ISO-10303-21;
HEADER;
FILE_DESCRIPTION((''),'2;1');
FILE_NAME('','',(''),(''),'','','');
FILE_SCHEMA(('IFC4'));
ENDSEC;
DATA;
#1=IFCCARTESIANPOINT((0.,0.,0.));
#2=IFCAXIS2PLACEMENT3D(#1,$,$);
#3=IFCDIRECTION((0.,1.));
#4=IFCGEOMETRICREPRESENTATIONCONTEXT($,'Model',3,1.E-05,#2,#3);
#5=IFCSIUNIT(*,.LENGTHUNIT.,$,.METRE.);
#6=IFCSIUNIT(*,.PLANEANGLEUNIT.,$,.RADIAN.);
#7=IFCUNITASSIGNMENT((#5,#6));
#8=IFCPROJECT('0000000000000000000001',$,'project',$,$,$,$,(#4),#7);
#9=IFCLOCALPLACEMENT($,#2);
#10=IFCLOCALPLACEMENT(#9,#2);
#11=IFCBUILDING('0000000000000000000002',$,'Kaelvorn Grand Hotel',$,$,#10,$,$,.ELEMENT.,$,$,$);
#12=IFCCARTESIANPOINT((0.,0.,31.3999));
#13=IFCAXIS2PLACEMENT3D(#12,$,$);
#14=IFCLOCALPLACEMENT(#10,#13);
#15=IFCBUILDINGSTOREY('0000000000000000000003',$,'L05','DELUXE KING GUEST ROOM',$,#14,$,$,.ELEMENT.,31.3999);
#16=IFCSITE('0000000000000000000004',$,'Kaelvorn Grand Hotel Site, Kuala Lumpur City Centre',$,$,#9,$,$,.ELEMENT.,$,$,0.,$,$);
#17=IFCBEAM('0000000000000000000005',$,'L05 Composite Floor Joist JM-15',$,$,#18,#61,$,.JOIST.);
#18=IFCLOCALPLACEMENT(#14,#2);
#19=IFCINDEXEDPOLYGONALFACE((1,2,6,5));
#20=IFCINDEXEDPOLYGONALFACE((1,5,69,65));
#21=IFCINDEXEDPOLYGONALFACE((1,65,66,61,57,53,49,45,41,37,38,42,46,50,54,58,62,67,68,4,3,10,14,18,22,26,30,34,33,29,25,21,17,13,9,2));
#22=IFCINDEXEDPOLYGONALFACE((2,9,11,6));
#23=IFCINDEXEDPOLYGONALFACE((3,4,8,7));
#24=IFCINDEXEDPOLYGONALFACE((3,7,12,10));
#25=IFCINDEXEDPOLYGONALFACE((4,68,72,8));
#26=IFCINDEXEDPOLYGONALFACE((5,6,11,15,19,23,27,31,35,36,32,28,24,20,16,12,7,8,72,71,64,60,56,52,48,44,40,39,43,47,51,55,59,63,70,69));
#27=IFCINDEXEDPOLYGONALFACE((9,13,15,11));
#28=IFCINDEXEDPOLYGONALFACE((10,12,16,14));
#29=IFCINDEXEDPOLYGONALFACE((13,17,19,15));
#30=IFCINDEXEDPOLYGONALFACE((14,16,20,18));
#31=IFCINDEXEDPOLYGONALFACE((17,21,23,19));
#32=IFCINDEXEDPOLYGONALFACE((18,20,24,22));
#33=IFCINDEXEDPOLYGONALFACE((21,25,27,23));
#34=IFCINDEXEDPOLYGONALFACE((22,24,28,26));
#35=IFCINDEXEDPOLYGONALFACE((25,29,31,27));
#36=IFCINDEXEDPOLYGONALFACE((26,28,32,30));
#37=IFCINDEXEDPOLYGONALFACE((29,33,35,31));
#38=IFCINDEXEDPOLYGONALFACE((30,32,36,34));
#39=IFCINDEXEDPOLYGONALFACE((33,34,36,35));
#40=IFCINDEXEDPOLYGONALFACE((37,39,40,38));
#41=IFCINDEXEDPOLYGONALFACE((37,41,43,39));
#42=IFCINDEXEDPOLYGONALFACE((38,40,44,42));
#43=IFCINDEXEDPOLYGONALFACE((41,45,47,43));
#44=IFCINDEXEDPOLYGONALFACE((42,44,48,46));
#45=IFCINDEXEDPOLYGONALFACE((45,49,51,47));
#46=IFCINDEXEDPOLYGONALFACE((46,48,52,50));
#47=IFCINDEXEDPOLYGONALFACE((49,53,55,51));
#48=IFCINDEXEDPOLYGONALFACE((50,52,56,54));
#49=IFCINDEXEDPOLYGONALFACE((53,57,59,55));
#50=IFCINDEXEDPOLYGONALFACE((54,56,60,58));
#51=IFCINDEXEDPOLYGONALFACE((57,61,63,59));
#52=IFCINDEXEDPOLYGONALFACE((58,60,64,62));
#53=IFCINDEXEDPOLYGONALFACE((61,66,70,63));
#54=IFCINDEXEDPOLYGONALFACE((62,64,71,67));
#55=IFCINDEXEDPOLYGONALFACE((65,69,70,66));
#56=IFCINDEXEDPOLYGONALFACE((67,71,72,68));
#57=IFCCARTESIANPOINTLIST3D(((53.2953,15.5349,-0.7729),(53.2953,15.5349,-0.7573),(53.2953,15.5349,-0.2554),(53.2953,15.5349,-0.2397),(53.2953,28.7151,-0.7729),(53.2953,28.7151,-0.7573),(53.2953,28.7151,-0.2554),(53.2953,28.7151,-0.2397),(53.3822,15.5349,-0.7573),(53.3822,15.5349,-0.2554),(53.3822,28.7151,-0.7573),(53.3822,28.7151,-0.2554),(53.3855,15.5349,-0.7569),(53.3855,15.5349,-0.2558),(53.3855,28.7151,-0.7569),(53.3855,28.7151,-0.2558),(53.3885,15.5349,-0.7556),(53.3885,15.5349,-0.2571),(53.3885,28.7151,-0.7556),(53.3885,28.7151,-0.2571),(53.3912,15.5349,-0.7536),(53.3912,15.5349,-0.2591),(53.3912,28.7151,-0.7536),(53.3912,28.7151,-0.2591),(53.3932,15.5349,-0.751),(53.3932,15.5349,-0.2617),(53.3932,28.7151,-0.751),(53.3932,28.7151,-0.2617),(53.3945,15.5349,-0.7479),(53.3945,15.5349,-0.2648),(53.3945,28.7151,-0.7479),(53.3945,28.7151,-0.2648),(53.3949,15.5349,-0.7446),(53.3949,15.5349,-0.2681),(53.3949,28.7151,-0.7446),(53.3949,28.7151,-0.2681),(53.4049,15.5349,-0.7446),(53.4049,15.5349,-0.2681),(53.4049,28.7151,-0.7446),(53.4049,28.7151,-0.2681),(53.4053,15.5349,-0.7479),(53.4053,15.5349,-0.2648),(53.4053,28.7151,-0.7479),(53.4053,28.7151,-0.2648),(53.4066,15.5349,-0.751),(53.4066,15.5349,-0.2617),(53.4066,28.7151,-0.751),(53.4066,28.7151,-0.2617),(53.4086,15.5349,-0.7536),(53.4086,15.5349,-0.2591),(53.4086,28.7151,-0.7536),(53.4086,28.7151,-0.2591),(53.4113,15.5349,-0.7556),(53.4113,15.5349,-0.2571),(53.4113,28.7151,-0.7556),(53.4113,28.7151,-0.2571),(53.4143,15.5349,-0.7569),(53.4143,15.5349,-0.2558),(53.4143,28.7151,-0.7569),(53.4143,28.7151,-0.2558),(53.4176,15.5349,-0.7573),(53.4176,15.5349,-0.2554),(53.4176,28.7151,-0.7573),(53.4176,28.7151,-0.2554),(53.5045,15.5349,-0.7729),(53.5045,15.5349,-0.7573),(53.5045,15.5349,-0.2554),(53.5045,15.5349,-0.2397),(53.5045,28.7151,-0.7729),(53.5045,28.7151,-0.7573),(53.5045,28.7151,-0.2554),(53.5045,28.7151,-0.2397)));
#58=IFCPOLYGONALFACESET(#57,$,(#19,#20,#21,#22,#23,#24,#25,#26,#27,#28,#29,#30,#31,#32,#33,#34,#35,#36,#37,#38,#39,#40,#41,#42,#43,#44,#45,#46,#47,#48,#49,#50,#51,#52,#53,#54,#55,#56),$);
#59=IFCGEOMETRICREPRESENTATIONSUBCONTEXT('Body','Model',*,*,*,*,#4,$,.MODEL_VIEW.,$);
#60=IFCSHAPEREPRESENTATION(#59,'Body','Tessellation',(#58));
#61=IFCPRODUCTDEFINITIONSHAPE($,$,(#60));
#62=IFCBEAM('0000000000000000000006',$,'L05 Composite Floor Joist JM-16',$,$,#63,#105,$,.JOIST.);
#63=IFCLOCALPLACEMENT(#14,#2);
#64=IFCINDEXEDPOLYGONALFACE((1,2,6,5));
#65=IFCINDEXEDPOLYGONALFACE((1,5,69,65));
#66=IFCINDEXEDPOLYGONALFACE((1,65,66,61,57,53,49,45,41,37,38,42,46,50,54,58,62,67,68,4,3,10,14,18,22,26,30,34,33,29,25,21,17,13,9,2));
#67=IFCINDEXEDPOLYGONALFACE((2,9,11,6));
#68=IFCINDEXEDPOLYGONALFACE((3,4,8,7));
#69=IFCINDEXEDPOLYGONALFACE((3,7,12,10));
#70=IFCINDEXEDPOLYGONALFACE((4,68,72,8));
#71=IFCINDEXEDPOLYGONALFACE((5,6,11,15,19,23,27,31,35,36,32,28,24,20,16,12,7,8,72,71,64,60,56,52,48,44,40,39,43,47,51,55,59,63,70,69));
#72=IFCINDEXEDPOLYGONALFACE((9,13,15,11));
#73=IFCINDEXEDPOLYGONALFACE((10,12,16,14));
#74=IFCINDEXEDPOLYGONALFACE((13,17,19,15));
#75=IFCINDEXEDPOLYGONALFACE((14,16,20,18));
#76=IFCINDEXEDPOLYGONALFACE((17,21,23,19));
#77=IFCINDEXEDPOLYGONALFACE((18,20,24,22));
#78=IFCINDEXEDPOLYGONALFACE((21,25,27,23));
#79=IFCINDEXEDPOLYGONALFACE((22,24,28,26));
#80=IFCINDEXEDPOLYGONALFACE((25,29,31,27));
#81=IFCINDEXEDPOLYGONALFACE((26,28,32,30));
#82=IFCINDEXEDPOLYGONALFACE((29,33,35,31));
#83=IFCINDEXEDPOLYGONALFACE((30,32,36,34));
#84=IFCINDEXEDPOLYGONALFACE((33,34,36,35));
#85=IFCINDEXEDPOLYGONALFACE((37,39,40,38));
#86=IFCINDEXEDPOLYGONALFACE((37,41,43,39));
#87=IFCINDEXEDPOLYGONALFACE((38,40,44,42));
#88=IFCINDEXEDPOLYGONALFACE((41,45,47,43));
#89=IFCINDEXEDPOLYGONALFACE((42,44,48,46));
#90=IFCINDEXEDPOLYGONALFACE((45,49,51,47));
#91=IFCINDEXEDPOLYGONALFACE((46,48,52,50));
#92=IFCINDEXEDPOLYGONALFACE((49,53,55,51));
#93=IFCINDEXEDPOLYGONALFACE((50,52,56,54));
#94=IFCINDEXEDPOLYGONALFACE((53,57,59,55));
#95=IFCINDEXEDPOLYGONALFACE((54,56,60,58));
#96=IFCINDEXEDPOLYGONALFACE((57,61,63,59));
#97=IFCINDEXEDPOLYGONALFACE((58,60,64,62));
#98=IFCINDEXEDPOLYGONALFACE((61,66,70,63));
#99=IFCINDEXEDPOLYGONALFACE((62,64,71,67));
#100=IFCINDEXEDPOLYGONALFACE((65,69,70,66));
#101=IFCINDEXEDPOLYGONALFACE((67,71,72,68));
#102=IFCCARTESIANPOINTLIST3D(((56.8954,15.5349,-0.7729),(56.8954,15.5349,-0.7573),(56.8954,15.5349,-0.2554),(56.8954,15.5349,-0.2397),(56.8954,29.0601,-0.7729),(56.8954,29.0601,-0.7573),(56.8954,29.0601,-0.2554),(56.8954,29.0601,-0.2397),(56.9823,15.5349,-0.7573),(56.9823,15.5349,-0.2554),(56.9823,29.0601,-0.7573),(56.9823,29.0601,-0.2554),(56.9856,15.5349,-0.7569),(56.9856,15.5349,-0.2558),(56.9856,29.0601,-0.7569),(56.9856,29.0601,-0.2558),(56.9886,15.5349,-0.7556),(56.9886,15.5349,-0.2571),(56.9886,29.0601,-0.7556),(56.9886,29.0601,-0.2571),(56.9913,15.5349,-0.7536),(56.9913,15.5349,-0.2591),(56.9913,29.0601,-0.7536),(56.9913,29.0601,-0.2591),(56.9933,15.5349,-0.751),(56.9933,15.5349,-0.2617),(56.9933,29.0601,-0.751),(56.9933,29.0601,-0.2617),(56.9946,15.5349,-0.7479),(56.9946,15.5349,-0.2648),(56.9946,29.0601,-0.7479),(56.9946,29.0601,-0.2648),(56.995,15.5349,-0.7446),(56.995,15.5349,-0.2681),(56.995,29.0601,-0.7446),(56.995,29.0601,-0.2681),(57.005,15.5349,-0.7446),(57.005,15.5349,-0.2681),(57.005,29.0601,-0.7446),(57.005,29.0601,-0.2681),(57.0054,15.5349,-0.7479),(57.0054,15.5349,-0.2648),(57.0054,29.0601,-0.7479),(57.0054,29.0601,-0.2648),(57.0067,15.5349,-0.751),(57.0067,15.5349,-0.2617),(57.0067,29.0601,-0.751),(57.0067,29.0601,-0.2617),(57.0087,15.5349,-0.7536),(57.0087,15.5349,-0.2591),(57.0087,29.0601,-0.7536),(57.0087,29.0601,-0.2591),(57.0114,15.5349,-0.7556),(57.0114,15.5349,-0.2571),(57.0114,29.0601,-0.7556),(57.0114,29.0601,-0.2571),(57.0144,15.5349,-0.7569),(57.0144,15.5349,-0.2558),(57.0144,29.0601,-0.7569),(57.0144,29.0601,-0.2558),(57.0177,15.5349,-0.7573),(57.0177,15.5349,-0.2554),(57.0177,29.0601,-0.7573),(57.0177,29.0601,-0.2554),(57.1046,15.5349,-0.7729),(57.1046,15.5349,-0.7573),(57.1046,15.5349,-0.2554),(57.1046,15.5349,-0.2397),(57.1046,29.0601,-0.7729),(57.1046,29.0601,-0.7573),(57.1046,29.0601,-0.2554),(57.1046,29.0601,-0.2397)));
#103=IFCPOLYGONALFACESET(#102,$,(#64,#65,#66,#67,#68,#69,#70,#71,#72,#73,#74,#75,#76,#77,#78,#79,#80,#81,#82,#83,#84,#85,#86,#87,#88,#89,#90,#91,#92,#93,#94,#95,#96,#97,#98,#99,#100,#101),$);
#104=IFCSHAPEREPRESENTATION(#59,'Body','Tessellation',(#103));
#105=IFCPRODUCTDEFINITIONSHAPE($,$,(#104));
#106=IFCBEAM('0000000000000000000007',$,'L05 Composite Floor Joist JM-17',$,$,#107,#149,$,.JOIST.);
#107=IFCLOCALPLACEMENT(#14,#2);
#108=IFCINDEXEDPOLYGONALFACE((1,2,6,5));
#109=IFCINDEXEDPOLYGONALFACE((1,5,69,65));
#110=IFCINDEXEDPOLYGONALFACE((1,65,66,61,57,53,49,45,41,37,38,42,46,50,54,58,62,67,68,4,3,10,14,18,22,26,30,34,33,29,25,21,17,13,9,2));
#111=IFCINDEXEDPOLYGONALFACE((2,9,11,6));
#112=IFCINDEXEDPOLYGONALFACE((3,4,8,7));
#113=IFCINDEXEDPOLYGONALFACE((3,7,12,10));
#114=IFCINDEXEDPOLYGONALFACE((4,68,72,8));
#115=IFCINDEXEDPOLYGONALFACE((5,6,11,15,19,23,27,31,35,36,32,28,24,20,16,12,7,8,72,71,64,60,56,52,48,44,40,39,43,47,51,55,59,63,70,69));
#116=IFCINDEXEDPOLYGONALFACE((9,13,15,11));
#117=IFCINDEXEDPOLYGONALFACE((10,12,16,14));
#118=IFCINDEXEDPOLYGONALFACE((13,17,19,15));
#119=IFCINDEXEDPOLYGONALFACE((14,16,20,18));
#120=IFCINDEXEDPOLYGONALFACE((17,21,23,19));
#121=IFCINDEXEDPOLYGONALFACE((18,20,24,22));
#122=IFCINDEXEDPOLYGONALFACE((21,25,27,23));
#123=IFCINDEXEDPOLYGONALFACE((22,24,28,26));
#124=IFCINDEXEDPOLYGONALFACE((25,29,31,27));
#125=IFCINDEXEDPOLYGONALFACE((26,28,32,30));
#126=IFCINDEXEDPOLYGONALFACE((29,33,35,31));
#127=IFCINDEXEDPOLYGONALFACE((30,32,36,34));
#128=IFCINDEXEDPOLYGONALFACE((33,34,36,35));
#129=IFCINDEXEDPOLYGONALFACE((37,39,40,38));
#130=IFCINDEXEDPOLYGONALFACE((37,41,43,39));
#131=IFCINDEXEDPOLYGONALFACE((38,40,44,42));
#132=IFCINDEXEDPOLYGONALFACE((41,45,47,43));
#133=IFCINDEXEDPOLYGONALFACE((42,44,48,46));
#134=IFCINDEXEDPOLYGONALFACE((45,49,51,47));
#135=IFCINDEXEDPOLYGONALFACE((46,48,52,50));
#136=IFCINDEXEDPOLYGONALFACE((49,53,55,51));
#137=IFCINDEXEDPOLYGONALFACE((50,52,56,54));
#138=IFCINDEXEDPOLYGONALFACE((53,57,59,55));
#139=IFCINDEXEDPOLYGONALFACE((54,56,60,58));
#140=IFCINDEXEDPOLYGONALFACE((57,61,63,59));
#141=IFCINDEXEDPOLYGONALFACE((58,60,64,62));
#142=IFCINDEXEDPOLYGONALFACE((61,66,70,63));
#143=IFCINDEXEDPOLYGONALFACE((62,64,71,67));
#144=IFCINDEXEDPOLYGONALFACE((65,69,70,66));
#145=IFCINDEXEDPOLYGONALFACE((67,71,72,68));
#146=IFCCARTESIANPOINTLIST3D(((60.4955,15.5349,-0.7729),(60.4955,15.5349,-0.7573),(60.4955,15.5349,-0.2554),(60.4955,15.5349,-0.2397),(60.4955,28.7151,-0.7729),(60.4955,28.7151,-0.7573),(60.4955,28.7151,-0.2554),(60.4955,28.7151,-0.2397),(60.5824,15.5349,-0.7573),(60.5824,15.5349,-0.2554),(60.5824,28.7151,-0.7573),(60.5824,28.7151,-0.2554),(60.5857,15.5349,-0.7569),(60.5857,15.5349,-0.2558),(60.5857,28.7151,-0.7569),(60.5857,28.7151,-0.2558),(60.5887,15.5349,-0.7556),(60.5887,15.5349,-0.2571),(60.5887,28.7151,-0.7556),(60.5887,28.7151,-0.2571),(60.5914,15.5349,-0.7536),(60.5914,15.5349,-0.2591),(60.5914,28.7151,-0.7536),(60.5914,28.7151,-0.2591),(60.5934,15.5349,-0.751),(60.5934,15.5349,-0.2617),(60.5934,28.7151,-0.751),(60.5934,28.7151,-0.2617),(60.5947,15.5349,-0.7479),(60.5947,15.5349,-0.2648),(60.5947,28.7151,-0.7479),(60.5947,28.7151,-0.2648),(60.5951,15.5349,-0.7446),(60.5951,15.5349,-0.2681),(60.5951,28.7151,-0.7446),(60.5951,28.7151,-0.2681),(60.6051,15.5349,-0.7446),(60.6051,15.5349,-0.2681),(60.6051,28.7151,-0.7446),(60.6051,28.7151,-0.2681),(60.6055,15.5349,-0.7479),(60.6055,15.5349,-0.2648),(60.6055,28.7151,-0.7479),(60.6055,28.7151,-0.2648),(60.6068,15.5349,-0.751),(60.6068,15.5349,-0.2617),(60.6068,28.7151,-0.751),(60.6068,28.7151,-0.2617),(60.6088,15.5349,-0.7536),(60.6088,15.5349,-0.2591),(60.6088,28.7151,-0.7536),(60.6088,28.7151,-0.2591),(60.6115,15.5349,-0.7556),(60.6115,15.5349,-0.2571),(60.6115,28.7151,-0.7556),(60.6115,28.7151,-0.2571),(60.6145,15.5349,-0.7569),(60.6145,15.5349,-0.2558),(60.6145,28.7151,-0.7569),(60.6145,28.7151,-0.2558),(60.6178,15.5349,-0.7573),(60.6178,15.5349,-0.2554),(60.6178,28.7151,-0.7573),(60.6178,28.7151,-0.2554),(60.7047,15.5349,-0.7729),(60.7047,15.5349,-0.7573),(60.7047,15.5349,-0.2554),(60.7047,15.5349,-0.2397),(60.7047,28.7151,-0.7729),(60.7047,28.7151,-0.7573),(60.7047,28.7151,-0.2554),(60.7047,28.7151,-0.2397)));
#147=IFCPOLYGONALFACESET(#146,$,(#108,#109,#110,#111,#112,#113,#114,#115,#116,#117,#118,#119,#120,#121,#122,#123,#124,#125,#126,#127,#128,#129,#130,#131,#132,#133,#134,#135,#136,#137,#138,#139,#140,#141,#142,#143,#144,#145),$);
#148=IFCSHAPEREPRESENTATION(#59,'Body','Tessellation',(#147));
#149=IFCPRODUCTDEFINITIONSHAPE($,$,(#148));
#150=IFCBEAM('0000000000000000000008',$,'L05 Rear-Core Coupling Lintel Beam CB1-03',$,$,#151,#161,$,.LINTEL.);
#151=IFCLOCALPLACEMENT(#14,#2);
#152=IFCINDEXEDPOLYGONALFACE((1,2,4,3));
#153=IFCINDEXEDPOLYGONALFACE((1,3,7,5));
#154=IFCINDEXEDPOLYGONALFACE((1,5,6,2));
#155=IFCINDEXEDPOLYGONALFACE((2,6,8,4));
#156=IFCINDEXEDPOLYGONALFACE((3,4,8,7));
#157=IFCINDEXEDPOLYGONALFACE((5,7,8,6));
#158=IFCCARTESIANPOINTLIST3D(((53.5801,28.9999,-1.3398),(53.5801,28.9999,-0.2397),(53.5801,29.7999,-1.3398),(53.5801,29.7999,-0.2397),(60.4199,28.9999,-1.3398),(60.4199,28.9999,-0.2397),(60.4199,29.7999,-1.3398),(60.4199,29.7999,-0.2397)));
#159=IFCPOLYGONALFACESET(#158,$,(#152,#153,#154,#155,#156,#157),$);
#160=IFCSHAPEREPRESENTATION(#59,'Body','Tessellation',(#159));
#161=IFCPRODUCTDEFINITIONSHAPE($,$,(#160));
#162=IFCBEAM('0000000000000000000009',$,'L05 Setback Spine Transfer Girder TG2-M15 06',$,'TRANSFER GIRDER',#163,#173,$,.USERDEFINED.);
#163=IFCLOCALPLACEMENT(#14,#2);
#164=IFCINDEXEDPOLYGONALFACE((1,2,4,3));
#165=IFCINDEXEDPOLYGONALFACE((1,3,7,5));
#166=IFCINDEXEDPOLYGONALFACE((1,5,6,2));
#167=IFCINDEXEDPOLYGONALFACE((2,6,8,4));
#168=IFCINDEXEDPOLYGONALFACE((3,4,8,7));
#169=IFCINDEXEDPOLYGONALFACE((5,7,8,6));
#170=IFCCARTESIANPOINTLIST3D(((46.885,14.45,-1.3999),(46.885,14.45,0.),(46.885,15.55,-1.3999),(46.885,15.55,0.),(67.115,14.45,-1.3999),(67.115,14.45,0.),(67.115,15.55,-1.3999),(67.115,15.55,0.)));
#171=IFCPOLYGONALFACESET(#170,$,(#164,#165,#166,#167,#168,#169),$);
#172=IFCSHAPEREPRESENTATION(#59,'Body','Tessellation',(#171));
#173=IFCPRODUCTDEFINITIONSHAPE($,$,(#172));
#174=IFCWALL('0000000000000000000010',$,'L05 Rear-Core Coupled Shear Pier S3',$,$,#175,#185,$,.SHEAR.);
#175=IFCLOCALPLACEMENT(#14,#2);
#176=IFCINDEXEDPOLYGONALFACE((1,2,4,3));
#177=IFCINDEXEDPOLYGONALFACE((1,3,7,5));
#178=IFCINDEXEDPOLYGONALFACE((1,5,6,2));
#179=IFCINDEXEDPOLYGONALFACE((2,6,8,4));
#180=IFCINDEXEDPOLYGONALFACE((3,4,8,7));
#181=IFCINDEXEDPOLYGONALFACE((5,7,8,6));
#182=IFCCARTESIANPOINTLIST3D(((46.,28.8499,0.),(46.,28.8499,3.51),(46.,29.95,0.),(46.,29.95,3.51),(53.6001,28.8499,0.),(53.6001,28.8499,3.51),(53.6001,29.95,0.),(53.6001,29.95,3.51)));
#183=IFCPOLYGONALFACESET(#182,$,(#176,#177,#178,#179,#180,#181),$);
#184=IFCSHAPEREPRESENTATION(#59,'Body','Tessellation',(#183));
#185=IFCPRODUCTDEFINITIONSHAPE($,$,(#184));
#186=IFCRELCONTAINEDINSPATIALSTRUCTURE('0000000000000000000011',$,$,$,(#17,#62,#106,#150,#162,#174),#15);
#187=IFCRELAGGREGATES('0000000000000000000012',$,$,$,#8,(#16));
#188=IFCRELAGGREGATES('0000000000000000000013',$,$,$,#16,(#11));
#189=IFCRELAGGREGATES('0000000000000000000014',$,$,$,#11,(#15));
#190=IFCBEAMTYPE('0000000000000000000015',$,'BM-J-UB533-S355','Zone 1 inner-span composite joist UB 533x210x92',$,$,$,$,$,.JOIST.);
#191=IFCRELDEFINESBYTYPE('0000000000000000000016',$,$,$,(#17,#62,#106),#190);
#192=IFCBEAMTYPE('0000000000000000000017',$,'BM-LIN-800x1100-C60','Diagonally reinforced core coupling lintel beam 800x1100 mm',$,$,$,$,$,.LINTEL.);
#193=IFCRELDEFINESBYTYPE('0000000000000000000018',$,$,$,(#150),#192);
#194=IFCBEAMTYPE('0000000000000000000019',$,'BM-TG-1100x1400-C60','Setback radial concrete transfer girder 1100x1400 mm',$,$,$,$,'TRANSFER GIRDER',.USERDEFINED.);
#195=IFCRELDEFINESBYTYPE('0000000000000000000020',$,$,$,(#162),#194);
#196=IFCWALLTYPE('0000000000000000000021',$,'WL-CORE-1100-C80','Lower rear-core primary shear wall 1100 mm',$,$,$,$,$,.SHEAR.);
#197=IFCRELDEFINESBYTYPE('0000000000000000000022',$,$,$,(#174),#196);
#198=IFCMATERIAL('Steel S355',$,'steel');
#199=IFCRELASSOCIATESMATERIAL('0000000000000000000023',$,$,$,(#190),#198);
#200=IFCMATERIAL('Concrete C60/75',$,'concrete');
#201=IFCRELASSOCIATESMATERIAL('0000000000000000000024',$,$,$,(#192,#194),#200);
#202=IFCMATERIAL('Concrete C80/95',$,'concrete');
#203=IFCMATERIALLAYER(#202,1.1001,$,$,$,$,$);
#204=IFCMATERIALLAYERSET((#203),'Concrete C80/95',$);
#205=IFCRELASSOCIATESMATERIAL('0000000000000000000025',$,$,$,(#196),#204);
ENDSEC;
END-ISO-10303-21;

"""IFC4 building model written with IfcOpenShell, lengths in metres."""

from ifc_helpers import new_model, si_unit, direction, frame, frame_2d, origin, origin_2d, place, context, subcontext, project, spatial, rectangle, i_section, extrude, material, layer, layer_set, material_profile, profile_set, type_object, element, save


model = new_model("IFC4")

# Units and contexts
model_context = context("Model", 3, precision=1e-05, world=origin(), true_north=direction((0.0, 1.0)))
body_context = subcontext(model_context, "Body", "Model", "MODEL_VIEW")
ifc_project = project(units=[si_unit("LENGTHUNIT", "METRE"), si_unit("PLANEANGLEUNIT", "RADIAN")], contexts=[model_context])

# Site, building, storey
site_placement = place(None, origin())
site = spatial("IfcSite", under=ifc_project, at=site_placement, Name="Kaelvorn Grand Hotel Site, Kuala Lumpur City Centre", CompositionType="ELEMENT", RefElevation=0.0)
building_placement = place(site_placement, origin())
building = spatial("IfcBuilding", under=site, at=building_placement, Name="Kaelvorn Grand Hotel", CompositionType="ELEMENT")
storey_placement = place(building_placement, frame((0.0, 0.0, 31.3999)))
storey = spatial("IfcBuildingStorey", under=building, at=storey_placement, Name="L05", Description="DELUXE KING GUEST ROOM", CompositionType="ELEMENT", Elevation=31.3999)

# Shared definitions
ifc_material_1 = material(Name="Concrete C80/95", Category="concrete")

# Beams
ifc_material_2 = material(Name="Steel S355", Category="steel")
ifc_material_profile_1 = material_profile(ifc_material_2, i_section(OverallWidth=0.2092, OverallDepth=0.5332, WebThickness=0.01, FlangeThickness=0.0156, FilletRadius=0.0127, at=origin_2d()), Name="UB 533x210x92")
ifc_profile_set_1 = profile_set([ifc_material_profile_1], Name="Steel S355")
beam_type_1 = type_object("IfcBeamType", Name="BM-J-UB533-S355", Description="Zone 1 inner-span composite joist UB 533x210x92", PredefinedType="JOIST", material=ifc_profile_set_1)
beam_1_placement = place(storey_placement, frame((53.3999, 15.5349, -0.5063), z_axis=(0.0, 1.0, 0.0), x_axis=(-1.0, 0.0, 0.0)))
element("IfcBeam", 1, at=beam_1_placement, inside=storey, type_object=beam_type_1, Name="L05 Composite Floor Joist JM-15", PredefinedType="JOIST", context=body_context, shape_type="SweptSolid", body=[
    extrude(i_section(OverallWidth=0.2092, OverallDepth=0.5332, WebThickness=0.01, FlangeThickness=0.0156, FilletRadius=0.0127, at=origin_2d()), origin(), (0.0, 0.0, 1.0), 13.1802),
])
beam_2_placement = place(storey_placement, frame((57.0, 15.5349, -0.5063), z_axis=(0.0, 1.0, 0.0), x_axis=(-1.0, 0.0, 0.0)))
element("IfcBeam", 2, at=beam_2_placement, inside=storey, type_object=beam_type_1, Name="L05 Composite Floor Joist JM-16", PredefinedType="JOIST", context=body_context, shape_type="SweptSolid", body=[
    extrude(i_section(OverallWidth=0.2092, OverallDepth=0.5332, WebThickness=0.01, FlangeThickness=0.0156, FilletRadius=0.0127, at=origin_2d()), origin(), (0.0, 0.0, 1.0), 13.5251),
])
beam_3_placement = place(storey_placement, frame((60.6001, 15.5349, -0.5063), z_axis=(0.0, 1.0, 0.0), x_axis=(-1.0, 0.0, 0.0)))
element("IfcBeam", 3, at=beam_3_placement, inside=storey, type_object=beam_type_1, Name="L05 Composite Floor Joist JM-17", PredefinedType="JOIST", context=body_context, shape_type="SweptSolid", body=[
    extrude(i_section(OverallWidth=0.2092, OverallDepth=0.5332, WebThickness=0.01, FlangeThickness=0.0156, FilletRadius=0.0127, at=origin_2d()), origin(), (0.0, 0.0, 1.0), 13.1802),
])
ifc_material_3 = material(Name="Concrete C60/75", Category="concrete")
ifc_material_profile_2 = material_profile(ifc_material_3, rectangle(XDim=0.8, YDim=1.1001, at=origin_2d()), Name="RC LINTEL 800x1100")
ifc_profile_set_2 = profile_set([ifc_material_profile_2], Name="Concrete C60/75")
beam_type_2 = type_object("IfcBeamType", Name="BM-LIN-800x1100-C60", Description="Diagonally reinforced core coupling lintel beam 800x1100 mm", PredefinedType="LINTEL", material=ifc_profile_set_2)
beam_4_placement = place(storey_placement, frame((53.5801, 29.3999, -0.7898), z_axis=(1.0, 0.0, 0.0), x_axis=(0.0, 1.0, 0.0)))
element("IfcBeam", 4, at=beam_4_placement, inside=storey, type_object=beam_type_2, Name="L05 Rear-Core Coupling Lintel Beam CB1-03", PredefinedType="LINTEL", context=body_context, shape_type="SweptSolid", body=[
    extrude(rectangle(XDim=0.8, YDim=1.1001, at=origin_2d()), origin(), (0.0, 0.0, 1.0), 6.8398),
])
ifc_material_profile_3 = material_profile(ifc_material_3, rectangle(XDim=1.1001, YDim=1.3999, at=origin_2d()), Name="RC TG 1100x1400")
ifc_profile_set_3 = profile_set([ifc_material_profile_3], Name="Concrete C60/75")
beam_type_3 = type_object("IfcBeamType", Name="BM-TG-1100x1400-C60", Description="Setback radial concrete transfer girder 1100x1400 mm", ElementType="TRANSFER GIRDER", PredefinedType="USERDEFINED", material=ifc_profile_set_3)
beam_5_placement = place(storey_placement, frame((46.885, 15.0, -0.7), z_axis=(1.0, 0.0, 0.0), x_axis=(0.0, 1.0, 0.0)))
element("IfcBeam", 5, at=beam_5_placement, inside=storey, type_object=beam_type_3, Name="L05 Setback Spine Transfer Girder TG2-M15 06", ObjectType="TRANSFER GIRDER", PredefinedType="USERDEFINED", context=body_context, shape_type="SweptSolid", body=[
    extrude(rectangle(XDim=1.1001, YDim=1.3999, at=origin_2d()), origin(), (0.0, 0.0, 1.0), 20.23),
])

# Wall
ifc_layer_1 = layer(ifc_material_1, 1.1001)
ifc_layer_set_1 = layer_set([ifc_layer_1], Name="Concrete C80/95")
wall_type_1 = type_object("IfcWallType", Name="WL-CORE-1100-C80", Description="Lower rear-core primary shear wall 1100 mm", PredefinedType="SHEAR", material=ifc_layer_set_1)
wall_1_placement = place(storey_placement, frame((46.0, 29.3999, 0.0), z_axis=(0.0, 0.0, 1.0), x_axis=(1.0, 0.0, 0.0)))
element("IfcWall", 6, at=wall_1_placement, inside=storey, type_object=wall_type_1, Name="L05 Rear-Core Coupled Shear Pier S3", PredefinedType="SHEAR", context=body_context, shape_type="SweptSolid", body=[
    extrude(rectangle(XDim=7.6001, YDim=1.1001, at=frame_2d((3.8, 0.0))), origin(), (0.0, 0.0, 1.0), 3.51),
])

save(model, "model.ifc")
